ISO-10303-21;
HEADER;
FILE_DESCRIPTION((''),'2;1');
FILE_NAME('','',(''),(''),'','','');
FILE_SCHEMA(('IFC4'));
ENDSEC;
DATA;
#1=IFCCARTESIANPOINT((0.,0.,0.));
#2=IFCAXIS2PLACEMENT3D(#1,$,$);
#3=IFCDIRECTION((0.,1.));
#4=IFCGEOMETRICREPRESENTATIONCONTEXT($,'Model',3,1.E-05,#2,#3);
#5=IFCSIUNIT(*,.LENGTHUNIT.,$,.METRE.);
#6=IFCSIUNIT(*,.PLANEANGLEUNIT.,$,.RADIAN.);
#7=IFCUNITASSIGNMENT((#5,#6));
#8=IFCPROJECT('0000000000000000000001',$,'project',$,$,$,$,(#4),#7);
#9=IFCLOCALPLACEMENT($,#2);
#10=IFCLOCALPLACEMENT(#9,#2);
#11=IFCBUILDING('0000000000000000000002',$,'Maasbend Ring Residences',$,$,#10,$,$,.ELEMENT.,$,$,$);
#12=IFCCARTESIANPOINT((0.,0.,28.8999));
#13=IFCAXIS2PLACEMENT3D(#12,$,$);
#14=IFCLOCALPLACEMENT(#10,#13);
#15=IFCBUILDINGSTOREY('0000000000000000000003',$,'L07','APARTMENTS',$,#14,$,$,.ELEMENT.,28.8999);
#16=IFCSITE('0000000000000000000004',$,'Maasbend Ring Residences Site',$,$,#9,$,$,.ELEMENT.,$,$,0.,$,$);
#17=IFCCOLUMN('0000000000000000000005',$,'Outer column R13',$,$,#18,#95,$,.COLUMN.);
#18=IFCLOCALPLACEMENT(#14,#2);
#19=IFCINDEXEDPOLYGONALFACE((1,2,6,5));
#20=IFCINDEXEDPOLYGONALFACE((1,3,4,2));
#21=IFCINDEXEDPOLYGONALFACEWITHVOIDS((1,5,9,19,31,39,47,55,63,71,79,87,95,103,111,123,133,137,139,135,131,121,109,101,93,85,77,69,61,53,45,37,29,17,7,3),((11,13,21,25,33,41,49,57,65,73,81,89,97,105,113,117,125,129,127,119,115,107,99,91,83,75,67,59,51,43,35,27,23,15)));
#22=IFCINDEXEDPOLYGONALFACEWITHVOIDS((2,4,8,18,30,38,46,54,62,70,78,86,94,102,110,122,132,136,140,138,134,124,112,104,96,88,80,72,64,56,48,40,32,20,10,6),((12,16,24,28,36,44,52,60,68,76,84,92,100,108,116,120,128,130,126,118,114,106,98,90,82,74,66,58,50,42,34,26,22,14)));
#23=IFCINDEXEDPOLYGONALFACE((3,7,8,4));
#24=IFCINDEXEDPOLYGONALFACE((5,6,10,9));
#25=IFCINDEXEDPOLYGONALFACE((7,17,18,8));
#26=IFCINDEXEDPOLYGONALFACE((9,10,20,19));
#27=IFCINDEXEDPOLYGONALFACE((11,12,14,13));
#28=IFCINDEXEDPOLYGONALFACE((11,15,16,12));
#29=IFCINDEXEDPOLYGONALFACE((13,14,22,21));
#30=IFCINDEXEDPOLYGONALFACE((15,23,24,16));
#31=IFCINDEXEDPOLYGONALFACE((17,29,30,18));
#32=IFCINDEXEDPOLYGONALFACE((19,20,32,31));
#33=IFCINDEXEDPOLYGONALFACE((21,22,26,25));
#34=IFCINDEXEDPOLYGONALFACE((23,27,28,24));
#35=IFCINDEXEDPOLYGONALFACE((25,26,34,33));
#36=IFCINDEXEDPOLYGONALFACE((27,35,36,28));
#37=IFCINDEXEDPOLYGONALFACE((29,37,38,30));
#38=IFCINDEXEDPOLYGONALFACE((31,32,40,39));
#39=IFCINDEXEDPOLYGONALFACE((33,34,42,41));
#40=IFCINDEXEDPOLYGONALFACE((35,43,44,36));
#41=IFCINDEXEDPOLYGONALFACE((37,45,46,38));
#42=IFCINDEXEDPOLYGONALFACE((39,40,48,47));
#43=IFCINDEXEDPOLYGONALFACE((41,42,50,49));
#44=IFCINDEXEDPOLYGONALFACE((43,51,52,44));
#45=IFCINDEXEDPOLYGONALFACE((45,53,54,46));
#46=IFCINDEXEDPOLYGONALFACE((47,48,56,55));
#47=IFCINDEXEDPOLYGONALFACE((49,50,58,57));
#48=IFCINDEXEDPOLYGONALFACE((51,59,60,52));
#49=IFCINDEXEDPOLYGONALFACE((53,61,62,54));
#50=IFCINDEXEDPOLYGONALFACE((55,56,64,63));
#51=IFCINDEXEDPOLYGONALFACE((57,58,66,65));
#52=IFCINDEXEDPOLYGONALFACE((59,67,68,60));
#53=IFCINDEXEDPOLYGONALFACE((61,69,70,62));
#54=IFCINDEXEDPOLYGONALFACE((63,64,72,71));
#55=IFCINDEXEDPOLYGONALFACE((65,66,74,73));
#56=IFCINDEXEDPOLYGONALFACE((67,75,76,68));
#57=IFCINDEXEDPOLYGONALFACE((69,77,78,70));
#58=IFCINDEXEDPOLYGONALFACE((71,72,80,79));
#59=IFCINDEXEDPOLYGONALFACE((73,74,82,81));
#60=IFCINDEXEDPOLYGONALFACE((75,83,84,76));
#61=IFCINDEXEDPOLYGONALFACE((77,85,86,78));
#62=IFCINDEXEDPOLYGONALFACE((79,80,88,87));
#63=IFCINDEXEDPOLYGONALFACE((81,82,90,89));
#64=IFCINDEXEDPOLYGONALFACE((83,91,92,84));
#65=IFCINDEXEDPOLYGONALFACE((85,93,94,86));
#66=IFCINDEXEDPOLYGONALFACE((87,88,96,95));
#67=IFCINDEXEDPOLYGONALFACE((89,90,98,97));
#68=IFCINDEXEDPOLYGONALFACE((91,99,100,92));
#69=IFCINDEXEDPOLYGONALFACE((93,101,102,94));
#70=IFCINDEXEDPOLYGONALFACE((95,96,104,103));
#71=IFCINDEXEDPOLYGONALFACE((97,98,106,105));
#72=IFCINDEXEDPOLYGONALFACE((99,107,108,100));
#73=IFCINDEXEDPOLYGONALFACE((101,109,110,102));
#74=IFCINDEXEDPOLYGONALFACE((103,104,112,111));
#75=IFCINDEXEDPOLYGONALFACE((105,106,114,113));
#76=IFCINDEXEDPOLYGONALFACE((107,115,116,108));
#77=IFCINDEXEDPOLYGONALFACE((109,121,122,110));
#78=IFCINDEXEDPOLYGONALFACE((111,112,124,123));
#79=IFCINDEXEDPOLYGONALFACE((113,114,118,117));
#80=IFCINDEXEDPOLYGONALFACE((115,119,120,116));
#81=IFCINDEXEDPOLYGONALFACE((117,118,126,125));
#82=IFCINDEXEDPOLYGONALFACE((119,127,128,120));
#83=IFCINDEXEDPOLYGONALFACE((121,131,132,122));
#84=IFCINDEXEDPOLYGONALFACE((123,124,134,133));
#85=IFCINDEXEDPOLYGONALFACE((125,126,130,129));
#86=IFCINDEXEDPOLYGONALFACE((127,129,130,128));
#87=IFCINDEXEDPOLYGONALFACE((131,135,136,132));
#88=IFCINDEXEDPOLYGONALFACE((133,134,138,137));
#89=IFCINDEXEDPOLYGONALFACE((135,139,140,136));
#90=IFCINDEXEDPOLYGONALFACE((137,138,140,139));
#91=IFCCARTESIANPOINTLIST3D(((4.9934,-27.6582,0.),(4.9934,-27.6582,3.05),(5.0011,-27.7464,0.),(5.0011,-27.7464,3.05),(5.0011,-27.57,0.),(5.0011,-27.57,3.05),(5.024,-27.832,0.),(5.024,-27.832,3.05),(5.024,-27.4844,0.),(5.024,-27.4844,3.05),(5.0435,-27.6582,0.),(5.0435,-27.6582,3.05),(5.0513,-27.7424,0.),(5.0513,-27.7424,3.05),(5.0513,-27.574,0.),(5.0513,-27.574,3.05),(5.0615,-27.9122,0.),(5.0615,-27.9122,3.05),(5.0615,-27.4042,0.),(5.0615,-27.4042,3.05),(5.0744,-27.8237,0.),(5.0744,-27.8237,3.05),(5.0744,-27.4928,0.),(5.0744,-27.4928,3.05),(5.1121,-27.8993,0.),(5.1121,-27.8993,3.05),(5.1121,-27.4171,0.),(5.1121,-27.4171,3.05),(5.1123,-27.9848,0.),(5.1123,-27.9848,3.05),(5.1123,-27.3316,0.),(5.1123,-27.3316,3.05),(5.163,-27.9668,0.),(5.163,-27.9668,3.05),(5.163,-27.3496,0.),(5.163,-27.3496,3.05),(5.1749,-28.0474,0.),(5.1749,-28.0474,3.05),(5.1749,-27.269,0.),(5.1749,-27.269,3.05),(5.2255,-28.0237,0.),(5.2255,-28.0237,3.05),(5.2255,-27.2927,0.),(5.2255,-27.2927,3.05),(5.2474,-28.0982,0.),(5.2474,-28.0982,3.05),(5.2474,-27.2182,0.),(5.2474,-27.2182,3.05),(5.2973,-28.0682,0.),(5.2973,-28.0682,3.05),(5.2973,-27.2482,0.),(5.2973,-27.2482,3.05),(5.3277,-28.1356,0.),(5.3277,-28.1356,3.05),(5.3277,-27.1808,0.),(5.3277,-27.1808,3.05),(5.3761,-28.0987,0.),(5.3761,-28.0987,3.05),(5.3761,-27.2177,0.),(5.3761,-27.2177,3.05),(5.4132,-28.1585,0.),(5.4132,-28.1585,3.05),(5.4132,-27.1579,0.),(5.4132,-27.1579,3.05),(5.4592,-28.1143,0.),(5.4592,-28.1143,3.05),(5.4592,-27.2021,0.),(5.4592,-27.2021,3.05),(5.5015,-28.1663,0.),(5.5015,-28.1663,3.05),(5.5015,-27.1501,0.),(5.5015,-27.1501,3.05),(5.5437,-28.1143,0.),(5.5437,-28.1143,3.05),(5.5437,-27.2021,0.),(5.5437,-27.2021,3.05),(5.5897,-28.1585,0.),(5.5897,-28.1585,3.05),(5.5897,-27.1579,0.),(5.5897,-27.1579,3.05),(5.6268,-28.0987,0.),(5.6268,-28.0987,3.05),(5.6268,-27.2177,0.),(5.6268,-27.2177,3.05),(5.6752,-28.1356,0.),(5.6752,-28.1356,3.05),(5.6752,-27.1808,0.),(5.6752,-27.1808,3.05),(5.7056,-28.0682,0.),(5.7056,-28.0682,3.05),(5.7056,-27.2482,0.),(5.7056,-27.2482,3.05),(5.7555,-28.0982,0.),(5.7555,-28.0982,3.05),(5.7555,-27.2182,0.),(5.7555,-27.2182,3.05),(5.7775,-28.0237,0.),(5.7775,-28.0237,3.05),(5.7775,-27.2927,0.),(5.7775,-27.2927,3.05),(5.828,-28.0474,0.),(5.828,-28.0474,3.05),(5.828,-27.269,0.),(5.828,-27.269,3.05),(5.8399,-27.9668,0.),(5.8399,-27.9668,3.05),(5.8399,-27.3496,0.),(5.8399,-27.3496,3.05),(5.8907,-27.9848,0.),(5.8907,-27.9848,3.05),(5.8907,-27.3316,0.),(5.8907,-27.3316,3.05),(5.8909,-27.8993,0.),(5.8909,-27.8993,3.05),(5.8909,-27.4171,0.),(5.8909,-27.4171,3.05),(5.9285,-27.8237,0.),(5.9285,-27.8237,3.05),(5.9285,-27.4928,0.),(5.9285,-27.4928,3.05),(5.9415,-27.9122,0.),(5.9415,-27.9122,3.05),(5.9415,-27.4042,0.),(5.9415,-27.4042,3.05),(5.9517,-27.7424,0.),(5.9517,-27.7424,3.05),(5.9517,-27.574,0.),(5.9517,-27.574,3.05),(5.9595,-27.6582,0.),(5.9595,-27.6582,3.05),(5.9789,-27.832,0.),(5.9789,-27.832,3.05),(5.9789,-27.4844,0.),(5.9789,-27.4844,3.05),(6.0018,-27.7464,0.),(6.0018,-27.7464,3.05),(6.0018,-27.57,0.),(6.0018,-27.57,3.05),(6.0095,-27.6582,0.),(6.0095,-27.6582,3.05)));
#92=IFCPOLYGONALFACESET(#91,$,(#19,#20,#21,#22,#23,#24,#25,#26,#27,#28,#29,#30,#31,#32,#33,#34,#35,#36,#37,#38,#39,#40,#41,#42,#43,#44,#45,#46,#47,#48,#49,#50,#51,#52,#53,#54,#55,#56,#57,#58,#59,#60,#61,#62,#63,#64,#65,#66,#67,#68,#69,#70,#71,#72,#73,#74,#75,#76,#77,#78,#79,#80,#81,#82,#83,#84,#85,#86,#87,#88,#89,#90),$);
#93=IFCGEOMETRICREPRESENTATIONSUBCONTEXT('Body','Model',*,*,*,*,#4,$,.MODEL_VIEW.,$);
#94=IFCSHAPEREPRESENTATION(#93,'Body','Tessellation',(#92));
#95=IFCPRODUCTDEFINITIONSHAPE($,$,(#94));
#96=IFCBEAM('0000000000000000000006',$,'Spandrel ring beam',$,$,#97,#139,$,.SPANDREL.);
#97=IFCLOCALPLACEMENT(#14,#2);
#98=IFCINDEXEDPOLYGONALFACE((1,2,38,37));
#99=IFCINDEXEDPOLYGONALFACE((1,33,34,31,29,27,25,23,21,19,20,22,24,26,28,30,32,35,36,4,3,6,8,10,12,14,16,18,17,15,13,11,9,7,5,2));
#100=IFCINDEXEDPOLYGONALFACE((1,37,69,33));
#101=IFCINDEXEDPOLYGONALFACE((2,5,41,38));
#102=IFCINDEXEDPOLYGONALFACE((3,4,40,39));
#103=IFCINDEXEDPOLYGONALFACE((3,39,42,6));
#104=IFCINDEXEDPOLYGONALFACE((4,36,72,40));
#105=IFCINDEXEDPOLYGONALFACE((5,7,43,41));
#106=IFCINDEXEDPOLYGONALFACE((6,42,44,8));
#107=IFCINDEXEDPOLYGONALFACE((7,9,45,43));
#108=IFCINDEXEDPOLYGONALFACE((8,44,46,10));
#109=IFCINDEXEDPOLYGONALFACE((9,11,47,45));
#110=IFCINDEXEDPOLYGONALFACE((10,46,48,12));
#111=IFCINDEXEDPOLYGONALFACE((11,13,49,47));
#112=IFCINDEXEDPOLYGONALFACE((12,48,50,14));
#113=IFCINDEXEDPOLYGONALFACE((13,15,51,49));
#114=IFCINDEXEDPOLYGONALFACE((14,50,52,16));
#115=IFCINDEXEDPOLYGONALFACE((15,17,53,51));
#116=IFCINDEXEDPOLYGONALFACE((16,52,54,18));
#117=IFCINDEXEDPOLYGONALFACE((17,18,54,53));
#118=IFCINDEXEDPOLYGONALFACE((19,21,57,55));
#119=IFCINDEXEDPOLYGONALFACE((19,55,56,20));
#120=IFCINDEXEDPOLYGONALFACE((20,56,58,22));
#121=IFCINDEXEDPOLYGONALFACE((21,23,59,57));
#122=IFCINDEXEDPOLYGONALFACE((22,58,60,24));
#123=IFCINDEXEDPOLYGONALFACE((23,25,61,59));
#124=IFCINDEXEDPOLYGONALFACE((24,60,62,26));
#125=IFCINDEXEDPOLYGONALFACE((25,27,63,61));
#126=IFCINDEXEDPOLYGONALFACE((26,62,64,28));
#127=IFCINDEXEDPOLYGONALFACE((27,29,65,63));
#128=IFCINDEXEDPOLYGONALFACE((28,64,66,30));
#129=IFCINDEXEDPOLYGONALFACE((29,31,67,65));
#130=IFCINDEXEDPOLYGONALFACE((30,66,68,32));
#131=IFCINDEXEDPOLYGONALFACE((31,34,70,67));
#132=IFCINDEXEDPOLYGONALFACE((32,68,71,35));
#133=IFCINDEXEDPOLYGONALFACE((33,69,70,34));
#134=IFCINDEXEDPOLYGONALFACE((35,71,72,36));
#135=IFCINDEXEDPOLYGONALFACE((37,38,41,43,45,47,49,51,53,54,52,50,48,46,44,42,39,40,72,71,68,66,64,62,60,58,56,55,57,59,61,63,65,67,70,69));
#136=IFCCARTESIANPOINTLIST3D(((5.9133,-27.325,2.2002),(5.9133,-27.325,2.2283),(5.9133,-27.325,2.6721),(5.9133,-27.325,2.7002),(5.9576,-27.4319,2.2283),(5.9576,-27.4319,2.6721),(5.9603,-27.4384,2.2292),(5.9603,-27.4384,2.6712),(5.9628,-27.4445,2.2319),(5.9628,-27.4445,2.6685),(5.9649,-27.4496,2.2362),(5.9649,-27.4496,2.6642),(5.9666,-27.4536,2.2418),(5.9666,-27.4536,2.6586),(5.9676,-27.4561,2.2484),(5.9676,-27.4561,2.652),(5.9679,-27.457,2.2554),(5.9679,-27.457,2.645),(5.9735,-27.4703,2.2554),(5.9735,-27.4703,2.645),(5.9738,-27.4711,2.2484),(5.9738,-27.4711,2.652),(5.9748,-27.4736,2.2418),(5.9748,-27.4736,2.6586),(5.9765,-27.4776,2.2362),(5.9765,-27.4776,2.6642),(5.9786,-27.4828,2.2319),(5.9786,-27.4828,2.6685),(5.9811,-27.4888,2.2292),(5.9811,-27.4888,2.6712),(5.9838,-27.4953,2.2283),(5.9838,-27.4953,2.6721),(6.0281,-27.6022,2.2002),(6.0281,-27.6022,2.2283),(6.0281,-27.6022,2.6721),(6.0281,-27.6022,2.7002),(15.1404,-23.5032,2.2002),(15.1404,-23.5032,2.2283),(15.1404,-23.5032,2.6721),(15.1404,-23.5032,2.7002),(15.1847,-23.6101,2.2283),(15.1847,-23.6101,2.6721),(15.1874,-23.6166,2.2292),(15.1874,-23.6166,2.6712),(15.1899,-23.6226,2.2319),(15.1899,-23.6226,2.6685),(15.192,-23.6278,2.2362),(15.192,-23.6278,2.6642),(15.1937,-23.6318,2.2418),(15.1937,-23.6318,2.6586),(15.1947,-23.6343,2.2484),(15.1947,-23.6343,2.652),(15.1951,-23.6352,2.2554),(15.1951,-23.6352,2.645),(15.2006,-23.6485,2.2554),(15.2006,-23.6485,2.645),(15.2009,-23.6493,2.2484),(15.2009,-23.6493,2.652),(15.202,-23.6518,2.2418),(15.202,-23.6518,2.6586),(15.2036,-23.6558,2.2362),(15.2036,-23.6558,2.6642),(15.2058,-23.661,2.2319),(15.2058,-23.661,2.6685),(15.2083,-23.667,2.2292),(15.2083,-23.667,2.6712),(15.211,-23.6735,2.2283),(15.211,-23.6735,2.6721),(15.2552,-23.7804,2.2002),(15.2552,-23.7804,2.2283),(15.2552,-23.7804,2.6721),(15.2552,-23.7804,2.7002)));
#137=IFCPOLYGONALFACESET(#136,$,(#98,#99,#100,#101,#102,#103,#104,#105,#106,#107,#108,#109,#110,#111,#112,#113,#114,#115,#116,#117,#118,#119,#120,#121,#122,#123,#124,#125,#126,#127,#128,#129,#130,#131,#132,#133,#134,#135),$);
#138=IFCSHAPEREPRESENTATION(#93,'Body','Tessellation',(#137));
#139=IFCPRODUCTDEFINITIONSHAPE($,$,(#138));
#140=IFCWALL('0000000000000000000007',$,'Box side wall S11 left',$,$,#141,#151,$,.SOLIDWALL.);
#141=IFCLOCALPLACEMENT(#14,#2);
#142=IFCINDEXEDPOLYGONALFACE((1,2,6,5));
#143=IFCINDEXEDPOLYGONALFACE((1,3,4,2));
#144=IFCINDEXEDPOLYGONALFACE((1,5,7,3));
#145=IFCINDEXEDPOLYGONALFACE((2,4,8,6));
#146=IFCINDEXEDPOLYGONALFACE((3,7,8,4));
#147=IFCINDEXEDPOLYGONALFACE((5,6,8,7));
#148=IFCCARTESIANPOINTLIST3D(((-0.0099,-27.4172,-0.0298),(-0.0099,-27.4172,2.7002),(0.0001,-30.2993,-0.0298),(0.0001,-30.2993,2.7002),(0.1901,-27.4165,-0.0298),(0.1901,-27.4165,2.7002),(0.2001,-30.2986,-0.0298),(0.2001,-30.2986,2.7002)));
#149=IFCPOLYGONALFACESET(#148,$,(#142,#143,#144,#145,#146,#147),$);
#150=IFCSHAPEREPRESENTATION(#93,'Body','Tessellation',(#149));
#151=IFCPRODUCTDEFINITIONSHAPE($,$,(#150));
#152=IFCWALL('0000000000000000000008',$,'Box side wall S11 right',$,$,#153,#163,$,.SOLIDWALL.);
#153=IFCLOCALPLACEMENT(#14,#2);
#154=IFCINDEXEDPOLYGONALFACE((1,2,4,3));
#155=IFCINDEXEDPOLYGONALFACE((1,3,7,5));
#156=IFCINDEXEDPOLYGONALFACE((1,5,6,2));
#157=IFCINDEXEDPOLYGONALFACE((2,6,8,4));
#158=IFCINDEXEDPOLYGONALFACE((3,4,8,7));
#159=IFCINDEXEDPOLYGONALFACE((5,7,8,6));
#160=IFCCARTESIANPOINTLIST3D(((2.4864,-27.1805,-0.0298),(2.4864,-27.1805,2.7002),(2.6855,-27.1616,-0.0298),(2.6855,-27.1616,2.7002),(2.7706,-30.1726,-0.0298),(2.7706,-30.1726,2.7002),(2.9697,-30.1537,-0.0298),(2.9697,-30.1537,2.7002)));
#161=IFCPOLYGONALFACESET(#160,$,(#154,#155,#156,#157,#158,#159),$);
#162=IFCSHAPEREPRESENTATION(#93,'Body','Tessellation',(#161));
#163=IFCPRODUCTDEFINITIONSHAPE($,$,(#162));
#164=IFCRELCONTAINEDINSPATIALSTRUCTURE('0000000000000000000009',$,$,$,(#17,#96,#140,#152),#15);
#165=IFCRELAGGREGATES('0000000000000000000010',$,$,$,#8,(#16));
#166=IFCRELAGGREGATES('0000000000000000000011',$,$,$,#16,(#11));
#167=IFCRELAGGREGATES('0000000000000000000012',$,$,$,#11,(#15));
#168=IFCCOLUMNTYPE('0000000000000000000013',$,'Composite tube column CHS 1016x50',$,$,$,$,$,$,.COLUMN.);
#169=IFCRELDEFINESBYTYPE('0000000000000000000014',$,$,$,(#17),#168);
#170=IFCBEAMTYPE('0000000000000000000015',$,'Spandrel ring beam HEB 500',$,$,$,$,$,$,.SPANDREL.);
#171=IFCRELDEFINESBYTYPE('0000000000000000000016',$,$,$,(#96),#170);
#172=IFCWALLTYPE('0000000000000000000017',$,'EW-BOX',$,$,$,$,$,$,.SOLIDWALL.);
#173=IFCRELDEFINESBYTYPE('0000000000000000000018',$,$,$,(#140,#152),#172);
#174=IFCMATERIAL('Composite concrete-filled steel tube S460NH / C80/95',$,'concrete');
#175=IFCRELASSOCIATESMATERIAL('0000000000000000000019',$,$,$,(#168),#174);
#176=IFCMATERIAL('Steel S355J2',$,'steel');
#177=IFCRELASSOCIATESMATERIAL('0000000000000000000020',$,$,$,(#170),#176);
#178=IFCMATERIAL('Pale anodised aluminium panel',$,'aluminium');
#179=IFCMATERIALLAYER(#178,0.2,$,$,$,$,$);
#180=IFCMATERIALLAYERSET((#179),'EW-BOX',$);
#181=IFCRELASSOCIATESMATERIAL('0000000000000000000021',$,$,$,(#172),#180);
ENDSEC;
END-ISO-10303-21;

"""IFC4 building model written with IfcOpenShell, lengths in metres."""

from ifc_helpers import new_model, si_unit, direction, frame, frame_2d, origin, origin_2d, place, context, subcontext, project, spatial, rectangle, hollow_circle, i_section, extrude, material, layer, layer_set, material_profile, profile_set, type_object, element, save


model = new_model("IFC4")

# Units and contexts
model_context = context("Model", 3, precision=1e-05, world=origin(), true_north=direction((0.0, 1.0)))
body_context = subcontext(model_context, "Body", "Model", "MODEL_VIEW")
ifc_project = project(units=[si_unit("LENGTHUNIT", "METRE"), si_unit("PLANEANGLEUNIT", "RADIAN")], contexts=[model_context])

# Site, building, storey
site_placement = place(None, origin())
site = spatial("IfcSite", under=ifc_project, at=site_placement, Name="Maasbend Ring Residences Site", CompositionType="ELEMENT", RefElevation=0.0)
building_placement = place(site_placement, origin())
building = spatial("IfcBuilding", under=site, at=building_placement, Name="Maasbend Ring Residences", CompositionType="ELEMENT")
storey_placement = place(building_placement, frame((0.0, 0.0, 28.8999)))
storey = spatial("IfcBuildingStorey", under=building, at=storey_placement, Name="L07", Description="APARTMENTS", CompositionType="ELEMENT", Elevation=28.8999)

# Column
ifc_material_1 = material(Name="Composite concrete-filled steel tube S460NH / C80/95", Category="concrete")
ifc_material_profile_1 = material_profile(ifc_material_1, hollow_circle(Radius=0.5081, WallThickness=0.05, at=origin_2d()), Name="Composite tube column CHS 1016x50")
ifc_profile_set_1 = profile_set([ifc_material_profile_1], Name="Composite concrete-filled steel tube S460NH / C80/95")
column_type = type_object("IfcColumnType", Name="Composite tube column CHS 1016x50", PredefinedType="COLUMN", material=ifc_profile_set_1)
column_placement = place(storey_placement, frame((5.5015, -27.6582, 0.0), z_axis=(0.0, 0.0, 1.0), x_axis=(1.0, 0.0, 0.0)))
element("IfcColumn", 1, at=column_placement, inside=storey, type_object=column_type, Name="Outer column R13", PredefinedType="COLUMN", context=body_context, shape_type="SweptSolid", body=[
    extrude(hollow_circle(Radius=0.5081, WallThickness=0.05, at=origin_2d()), origin(), (0.0, 0.0, 1.0), 3.05),
])

# Beam
ifc_material_2 = material(Name="Steel S355J2", Category="steel")
ifc_material_profile_2 = material_profile(ifc_material_2, i_section(OverallWidth=0.3, OverallDepth=0.5, WebThickness=0.0144, FlangeThickness=0.0281, FilletRadius=0.0271, at=origin_2d()), Name="HEB 500")
ifc_profile_set_2 = profile_set([ifc_material_profile_2], Name="Steel S355J2")
beam_type = type_object("IfcBeamType", Name="Spandrel ring beam HEB 500", PredefinedType="SPANDREL", material=ifc_profile_set_2)
beam_placement = place(storey_placement, frame((5.9707, -27.4636, 2.4502), z_axis=(0.923886, 0.382667, 0.0), x_axis=(-0.382667, 0.923886, 0.0)))
element("IfcBeam", 2, at=beam_placement, inside=storey, type_object=beam_type, Name="Spandrel ring beam", PredefinedType="SPANDREL", context=body_context, shape_type="SweptSolid", body=[
    extrude(i_section(OverallWidth=0.3, OverallDepth=0.5, WebThickness=0.0144, FlangeThickness=0.0281, FilletRadius=0.0271, at=origin_2d()), origin(), (0.0, 0.0, 1.0), 9.9873),
])

# Walls
ifc_material_3 = material(Name="Pale anodised aluminium panel", Category="aluminium")
ifc_layer_1 = layer(ifc_material_3, 0.2)
ifc_layer_set_1 = layer_set([ifc_layer_1], Name="EW-BOX")
wall_type_1 = type_object("IfcWallType", Name="EW-BOX", PredefinedType="SOLIDWALL", material=ifc_layer_set_1)
wall_1_placement = place(storey_placement, frame((0.0901, -27.417, -0.0298), z_axis=(0.0, 0.0, 1.0), x_axis=(0.003473, -0.999994, 0.0)))
element("IfcWall", 3, at=wall_1_placement, inside=storey, type_object=wall_type_1, Name="Box side wall S11 left", PredefinedType="SOLIDWALL", context=body_context, shape_type="SweptSolid", body=[
    extrude(rectangle(XDim=2.8821, YDim=0.2, at=frame_2d((1.4409, 0.0))), origin(), (0.0, 0.0, 1.0), 2.73),
])
wall_2_placement = place(storey_placement, frame((2.5859, -27.1709, -0.0298), z_axis=(0.0, 0.0, 1.0), x_axis=(0.094548, -0.99552, 0.0)))
element("IfcWall", 4, at=wall_2_placement, inside=storey, type_object=wall_type_1, Name="Box side wall S11 right", PredefinedType="SOLIDWALL", context=body_context, shape_type="SweptSolid", body=[
    extrude(rectangle(XDim=3.0056, YDim=0.2, at=frame_2d((1.5029, 0.0))), origin(), (0.0, 0.0, 1.0), 2.73),
])

save(model, "model.ifc")
